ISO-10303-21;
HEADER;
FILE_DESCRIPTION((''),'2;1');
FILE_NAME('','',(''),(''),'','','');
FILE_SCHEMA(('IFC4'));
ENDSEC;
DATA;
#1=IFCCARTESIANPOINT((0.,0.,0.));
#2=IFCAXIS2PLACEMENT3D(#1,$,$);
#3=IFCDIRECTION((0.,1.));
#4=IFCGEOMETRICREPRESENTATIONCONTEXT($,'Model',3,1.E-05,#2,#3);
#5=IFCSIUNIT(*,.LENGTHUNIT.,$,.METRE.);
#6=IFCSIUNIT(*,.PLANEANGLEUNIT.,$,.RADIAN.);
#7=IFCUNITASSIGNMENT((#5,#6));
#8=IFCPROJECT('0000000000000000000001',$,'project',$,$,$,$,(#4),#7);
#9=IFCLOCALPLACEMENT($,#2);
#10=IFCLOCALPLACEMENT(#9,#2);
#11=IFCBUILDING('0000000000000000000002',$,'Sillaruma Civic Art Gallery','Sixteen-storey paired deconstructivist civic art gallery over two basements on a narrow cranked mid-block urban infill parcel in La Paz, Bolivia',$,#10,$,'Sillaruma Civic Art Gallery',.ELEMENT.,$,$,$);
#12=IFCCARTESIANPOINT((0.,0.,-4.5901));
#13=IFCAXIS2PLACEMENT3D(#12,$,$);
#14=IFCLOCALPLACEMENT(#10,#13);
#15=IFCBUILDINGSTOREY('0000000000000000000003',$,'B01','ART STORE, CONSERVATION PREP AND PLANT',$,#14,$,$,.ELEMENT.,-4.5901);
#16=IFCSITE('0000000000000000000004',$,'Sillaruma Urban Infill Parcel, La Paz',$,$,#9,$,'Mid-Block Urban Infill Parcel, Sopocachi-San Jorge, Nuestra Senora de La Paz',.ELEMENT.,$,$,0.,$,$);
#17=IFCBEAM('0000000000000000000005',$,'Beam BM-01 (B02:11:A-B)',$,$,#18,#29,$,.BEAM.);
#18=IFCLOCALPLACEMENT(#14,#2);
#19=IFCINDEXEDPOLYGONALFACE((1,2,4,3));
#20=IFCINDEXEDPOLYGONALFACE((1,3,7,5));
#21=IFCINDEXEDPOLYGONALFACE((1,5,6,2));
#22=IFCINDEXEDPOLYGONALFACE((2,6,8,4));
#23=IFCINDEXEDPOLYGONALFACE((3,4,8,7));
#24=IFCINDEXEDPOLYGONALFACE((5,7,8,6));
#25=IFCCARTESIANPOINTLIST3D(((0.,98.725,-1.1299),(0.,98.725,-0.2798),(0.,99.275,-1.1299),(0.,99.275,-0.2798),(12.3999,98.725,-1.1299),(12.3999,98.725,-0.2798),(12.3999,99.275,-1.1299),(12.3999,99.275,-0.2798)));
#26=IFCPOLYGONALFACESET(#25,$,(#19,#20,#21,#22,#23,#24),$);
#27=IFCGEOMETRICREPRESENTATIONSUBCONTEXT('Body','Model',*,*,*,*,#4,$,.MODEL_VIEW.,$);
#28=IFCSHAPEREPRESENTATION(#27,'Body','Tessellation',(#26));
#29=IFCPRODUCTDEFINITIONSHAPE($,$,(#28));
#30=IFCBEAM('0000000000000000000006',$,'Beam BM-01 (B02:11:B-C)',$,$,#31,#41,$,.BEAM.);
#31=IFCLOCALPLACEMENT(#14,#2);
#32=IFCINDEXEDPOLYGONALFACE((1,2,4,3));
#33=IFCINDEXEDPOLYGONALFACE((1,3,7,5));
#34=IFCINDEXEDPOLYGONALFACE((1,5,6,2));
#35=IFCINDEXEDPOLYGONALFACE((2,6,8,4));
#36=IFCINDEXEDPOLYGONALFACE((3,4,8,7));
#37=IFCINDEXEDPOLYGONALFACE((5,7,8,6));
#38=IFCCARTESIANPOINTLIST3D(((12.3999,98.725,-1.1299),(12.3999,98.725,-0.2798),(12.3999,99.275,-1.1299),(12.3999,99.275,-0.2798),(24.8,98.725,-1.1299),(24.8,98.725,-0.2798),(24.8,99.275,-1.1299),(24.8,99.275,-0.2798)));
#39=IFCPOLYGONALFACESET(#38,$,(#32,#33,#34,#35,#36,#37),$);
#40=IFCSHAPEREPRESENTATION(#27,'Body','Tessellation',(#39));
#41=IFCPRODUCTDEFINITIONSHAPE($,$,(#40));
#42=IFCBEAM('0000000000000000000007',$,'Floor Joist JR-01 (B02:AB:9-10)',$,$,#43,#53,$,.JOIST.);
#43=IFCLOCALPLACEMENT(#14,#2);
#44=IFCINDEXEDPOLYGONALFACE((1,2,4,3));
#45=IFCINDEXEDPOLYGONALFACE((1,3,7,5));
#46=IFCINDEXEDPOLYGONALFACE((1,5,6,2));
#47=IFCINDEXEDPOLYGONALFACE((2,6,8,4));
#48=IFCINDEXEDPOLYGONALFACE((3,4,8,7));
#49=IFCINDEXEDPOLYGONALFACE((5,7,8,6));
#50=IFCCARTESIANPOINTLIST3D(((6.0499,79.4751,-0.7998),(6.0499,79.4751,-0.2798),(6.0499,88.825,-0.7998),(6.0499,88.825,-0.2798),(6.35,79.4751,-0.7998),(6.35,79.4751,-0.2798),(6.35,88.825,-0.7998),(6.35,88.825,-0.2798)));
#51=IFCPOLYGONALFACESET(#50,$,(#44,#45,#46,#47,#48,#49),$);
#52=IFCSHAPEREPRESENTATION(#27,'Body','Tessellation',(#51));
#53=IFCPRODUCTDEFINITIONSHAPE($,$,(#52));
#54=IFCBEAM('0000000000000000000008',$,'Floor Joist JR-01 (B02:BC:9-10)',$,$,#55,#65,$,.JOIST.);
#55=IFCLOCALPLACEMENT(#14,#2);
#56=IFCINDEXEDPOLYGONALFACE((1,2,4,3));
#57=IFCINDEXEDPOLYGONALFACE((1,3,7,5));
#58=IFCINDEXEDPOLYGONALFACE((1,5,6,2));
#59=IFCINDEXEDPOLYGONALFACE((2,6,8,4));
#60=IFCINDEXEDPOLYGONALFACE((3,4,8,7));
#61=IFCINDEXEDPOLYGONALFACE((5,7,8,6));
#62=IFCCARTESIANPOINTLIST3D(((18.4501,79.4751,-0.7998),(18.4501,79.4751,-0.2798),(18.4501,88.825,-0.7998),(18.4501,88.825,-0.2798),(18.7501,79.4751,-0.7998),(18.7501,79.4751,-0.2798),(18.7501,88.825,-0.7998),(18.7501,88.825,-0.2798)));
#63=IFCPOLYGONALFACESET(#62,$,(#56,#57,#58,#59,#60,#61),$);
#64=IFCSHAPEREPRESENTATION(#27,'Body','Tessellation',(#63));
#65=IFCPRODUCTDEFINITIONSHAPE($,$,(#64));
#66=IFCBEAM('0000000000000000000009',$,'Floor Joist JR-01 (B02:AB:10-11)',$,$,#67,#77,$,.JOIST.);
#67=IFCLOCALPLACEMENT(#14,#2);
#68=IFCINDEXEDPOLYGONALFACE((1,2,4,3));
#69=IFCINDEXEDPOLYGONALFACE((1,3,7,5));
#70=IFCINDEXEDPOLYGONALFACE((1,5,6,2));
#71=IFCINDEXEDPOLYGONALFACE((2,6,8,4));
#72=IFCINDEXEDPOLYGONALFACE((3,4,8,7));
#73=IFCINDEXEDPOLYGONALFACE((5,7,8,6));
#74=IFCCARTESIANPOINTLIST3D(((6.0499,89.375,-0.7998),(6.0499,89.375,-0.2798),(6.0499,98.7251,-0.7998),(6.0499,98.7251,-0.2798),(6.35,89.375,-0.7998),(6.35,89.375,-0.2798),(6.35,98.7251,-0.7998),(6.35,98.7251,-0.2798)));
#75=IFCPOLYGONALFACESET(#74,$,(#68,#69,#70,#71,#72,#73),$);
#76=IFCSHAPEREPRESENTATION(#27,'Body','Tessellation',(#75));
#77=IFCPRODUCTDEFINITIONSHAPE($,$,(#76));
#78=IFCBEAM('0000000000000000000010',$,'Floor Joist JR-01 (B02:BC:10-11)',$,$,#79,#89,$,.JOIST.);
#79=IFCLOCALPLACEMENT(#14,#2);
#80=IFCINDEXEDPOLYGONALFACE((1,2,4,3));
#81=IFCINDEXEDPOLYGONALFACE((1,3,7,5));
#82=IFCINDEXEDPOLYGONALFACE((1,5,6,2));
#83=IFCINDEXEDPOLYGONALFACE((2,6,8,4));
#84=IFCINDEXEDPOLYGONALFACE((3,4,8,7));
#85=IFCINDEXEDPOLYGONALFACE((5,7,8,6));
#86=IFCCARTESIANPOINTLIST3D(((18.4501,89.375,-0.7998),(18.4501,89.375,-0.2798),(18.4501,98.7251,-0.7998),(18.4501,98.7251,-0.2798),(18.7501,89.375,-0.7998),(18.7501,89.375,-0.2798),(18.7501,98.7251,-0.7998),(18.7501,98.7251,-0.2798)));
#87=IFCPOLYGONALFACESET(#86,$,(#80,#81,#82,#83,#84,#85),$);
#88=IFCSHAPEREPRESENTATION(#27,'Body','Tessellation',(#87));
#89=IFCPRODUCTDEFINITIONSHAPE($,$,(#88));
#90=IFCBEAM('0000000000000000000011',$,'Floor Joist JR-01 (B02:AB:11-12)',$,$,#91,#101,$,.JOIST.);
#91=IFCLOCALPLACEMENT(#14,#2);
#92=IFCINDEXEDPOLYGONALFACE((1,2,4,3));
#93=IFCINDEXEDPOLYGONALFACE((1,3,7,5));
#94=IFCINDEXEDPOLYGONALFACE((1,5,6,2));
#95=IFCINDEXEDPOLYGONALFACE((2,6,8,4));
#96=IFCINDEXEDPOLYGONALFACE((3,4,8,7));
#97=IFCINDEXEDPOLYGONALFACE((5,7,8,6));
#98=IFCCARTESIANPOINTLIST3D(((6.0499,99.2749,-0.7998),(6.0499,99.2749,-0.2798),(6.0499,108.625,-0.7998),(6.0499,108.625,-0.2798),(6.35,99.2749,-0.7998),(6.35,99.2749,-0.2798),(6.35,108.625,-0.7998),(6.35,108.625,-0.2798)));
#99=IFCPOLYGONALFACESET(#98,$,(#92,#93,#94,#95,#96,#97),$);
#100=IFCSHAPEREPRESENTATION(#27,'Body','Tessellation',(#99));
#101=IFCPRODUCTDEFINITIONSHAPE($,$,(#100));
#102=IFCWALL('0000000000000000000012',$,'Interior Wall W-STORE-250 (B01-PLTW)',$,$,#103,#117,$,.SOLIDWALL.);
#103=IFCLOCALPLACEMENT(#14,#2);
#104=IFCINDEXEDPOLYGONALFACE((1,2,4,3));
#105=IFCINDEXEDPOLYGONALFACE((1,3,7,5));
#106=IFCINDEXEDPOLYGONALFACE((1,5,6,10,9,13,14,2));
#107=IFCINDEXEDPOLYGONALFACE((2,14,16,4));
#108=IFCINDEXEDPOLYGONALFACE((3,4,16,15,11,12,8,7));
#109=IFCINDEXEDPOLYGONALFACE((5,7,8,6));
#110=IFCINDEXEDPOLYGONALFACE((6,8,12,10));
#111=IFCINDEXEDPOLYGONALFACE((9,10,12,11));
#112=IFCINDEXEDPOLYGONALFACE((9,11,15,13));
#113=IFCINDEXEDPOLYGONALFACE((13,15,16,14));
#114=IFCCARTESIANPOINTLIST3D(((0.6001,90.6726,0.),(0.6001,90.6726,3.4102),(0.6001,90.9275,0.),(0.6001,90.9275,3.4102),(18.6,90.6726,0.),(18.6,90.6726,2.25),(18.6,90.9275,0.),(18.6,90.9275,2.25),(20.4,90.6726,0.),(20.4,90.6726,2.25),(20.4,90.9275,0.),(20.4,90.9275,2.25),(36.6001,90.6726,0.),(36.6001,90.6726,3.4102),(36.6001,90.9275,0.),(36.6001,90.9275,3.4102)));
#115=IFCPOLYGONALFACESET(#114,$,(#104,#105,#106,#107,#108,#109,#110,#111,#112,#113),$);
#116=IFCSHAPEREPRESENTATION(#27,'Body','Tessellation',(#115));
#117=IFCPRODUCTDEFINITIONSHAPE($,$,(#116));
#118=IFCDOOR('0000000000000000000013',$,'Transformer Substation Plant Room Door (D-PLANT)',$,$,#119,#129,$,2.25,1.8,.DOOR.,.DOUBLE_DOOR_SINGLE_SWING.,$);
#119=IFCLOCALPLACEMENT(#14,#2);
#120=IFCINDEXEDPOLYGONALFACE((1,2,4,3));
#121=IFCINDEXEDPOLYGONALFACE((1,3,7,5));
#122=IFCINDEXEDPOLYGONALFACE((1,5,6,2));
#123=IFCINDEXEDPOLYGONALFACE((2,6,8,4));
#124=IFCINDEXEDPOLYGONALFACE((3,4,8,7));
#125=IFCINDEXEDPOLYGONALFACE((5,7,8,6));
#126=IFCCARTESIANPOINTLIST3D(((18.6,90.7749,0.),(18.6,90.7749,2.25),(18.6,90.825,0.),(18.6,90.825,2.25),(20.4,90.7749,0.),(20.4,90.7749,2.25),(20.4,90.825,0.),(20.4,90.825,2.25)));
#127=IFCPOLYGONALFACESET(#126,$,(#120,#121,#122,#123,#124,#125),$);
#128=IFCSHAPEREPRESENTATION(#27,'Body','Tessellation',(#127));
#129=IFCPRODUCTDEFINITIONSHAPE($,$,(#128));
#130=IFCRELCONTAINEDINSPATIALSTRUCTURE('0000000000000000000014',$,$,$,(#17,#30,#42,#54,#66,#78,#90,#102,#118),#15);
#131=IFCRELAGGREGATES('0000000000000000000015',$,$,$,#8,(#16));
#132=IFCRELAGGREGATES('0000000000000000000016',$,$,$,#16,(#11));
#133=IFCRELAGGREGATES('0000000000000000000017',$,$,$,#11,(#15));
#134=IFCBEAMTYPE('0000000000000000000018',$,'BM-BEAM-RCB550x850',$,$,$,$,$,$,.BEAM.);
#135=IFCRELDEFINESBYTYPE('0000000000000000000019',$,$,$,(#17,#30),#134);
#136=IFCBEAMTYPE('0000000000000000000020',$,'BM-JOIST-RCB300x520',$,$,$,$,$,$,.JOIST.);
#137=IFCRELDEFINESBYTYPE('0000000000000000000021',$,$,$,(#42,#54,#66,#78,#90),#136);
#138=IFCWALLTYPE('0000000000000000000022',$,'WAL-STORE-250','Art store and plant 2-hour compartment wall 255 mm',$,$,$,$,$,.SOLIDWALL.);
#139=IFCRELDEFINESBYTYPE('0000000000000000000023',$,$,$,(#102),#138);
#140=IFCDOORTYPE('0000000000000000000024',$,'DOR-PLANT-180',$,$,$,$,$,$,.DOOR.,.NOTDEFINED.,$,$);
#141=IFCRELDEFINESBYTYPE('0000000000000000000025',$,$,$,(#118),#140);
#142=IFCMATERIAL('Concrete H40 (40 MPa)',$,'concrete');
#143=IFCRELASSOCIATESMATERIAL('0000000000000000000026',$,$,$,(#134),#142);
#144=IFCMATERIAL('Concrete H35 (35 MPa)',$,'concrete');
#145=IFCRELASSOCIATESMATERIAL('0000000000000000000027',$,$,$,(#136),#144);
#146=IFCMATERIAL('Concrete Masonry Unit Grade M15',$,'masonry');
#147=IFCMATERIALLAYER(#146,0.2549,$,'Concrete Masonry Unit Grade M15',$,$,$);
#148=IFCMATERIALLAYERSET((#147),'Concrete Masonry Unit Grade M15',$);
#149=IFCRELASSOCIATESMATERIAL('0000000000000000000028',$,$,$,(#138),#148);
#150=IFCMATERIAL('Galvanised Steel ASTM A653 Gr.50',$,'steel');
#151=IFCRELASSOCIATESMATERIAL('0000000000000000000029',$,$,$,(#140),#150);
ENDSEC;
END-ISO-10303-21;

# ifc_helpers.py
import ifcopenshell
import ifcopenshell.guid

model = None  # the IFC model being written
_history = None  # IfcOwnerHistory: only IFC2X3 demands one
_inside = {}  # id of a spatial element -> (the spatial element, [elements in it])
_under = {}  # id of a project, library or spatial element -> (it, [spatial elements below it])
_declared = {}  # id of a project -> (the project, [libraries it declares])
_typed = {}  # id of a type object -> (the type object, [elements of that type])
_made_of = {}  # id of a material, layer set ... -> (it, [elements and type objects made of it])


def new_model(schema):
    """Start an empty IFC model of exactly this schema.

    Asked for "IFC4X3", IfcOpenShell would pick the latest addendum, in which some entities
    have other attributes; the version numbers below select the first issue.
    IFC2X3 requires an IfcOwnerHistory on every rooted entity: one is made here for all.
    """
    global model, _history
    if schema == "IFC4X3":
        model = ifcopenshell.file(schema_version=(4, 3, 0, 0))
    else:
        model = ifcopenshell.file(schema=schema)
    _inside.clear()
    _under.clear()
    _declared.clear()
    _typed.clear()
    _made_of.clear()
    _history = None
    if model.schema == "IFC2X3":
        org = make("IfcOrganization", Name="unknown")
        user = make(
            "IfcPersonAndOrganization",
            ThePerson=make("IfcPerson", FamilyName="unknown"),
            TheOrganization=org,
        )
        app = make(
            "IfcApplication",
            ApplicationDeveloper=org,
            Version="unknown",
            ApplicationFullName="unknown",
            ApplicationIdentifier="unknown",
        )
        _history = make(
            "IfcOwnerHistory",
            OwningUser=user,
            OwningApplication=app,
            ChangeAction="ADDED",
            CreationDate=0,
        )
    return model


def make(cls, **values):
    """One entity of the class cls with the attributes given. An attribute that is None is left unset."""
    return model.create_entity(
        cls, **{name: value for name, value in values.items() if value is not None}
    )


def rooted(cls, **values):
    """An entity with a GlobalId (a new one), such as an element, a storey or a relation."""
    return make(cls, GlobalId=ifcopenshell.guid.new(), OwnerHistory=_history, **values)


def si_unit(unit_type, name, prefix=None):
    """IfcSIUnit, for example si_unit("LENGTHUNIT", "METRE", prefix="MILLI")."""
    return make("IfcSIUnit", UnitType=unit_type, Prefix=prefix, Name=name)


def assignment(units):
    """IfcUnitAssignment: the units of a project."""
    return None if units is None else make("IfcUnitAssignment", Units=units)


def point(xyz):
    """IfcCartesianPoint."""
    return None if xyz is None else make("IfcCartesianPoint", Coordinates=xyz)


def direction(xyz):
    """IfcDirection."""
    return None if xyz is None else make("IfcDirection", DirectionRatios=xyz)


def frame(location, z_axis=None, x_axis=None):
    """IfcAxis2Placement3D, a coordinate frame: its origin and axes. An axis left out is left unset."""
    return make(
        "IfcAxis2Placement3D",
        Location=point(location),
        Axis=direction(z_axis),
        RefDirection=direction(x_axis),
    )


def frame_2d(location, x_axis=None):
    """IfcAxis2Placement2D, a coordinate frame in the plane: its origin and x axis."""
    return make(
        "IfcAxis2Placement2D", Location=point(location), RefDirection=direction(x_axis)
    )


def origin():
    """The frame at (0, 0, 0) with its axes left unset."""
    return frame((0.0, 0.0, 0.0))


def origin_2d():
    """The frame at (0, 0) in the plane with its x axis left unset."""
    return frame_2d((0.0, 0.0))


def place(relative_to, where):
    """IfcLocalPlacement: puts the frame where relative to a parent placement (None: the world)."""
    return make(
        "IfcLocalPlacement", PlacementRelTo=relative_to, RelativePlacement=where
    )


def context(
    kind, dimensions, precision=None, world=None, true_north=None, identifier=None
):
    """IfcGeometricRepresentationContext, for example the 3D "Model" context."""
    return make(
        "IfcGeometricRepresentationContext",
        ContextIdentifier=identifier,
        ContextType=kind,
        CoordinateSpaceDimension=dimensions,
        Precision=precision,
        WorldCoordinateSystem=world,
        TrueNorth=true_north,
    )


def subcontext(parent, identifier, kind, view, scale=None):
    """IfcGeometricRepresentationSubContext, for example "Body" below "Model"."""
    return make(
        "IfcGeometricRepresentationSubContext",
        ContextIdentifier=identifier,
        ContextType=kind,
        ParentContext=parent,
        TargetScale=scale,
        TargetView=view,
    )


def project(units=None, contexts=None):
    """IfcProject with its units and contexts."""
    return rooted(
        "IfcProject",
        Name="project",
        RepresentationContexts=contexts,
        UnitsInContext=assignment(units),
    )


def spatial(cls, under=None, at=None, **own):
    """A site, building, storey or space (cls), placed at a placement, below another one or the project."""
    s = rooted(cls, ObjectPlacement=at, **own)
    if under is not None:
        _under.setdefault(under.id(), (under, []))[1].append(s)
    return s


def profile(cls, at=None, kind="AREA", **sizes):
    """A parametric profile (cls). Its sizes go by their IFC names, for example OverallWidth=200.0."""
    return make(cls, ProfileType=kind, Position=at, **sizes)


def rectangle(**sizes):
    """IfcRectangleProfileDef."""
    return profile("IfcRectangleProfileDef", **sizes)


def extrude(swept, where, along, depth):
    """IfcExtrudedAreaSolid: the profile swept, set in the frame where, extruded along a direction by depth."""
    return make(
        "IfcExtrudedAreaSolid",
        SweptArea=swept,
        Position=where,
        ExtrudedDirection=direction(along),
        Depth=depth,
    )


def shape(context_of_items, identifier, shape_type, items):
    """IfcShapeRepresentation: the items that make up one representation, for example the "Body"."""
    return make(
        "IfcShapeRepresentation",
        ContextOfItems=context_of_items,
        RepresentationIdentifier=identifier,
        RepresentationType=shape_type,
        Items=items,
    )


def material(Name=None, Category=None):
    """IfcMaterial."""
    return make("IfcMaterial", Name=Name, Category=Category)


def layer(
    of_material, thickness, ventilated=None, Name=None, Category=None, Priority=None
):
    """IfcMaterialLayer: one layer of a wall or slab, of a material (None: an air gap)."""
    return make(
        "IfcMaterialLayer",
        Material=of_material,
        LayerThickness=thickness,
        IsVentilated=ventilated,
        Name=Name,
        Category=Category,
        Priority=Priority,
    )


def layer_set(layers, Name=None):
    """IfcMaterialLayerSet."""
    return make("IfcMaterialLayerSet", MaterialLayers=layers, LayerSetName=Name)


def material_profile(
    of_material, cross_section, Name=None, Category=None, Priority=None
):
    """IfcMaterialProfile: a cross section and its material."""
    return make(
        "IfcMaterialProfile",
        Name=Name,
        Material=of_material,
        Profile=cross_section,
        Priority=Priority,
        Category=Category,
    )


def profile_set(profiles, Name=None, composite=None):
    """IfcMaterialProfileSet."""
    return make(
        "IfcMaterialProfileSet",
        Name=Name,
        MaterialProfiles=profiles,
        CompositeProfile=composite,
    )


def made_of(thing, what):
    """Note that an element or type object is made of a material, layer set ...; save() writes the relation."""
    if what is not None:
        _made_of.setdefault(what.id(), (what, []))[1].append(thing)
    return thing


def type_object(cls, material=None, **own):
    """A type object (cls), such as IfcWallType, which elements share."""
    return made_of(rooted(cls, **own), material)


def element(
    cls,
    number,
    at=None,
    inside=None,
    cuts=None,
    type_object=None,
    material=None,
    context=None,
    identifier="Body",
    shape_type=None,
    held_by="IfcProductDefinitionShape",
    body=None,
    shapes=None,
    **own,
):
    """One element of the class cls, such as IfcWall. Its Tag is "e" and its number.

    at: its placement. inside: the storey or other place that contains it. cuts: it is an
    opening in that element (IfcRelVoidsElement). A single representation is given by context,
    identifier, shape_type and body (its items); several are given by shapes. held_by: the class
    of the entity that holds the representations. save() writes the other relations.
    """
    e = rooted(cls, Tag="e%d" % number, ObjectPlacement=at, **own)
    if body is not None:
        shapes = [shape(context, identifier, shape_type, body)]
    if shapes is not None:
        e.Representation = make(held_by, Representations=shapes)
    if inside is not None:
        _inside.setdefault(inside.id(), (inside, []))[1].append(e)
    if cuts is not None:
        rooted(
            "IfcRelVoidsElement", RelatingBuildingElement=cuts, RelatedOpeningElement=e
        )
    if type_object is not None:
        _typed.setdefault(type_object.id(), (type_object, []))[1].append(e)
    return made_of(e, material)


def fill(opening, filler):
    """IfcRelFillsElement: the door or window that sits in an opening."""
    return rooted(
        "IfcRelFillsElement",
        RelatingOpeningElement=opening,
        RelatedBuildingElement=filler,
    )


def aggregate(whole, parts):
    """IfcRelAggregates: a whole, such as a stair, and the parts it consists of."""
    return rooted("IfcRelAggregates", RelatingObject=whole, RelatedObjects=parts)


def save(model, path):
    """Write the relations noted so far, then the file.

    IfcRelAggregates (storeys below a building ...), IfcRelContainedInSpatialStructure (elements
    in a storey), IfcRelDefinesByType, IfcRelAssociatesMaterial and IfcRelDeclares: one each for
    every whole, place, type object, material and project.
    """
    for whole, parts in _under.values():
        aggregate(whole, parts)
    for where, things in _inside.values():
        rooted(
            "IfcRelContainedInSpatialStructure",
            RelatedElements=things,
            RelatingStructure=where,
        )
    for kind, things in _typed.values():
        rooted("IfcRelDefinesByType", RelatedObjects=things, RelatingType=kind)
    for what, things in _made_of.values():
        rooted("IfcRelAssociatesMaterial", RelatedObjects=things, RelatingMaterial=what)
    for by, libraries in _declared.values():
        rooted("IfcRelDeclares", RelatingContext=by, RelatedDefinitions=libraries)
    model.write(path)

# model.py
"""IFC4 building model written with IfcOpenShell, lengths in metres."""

from ifc_helpers import new_model, si_unit, direction, frame, frame_2d, origin, origin_2d, place, context, subcontext, project, spatial, rectangle, extrude, material, layer, layer_set, material_profile, profile_set, type_object, element, fill, save


model = new_model("IFC4")

# Units and contexts
model_context = context("Model", 3, precision=1e-05, world=origin(), true_north=direction((0.0, 1.0)))
body_context = subcontext(model_context, "Body", "Model", "MODEL_VIEW")
ifc_project = project(units=[si_unit("LENGTHUNIT", "METRE"), si_unit("PLANEANGLEUNIT", "RADIAN")], contexts=[model_context])

# Site, building, storey
site_placement = place(None, origin())
site = spatial("IfcSite", under=ifc_project, at=site_placement, Name="Sillaruma Urban Infill Parcel, La Paz", LongName="Mid-Block Urban Infill Parcel, Sopocachi-San Jorge, Nuestra Senora de La Paz", CompositionType="ELEMENT", RefElevation=0.0)
building_placement = place(site_placement, origin())
building = spatial("IfcBuilding", under=site, at=building_placement, Name="Sillaruma Civic Art Gallery", Description="Sixteen-storey paired deconstructivist civic art gallery over two basements on a narrow cranked mid-block urban infill parcel in La Paz, Bolivia", LongName="Sillaruma Civic Art Gallery", CompositionType="ELEMENT")
storey_placement = place(building_placement, frame((0.0, 0.0, -4.5901)))
storey = spatial("IfcBuildingStorey", under=building, at=storey_placement, Name="B01", Description="ART STORE, CONSERVATION PREP AND PLANT", CompositionType="ELEMENT", Elevation=-4.5901)

# Shared definitions
ifc_material_1 = material(Name="Concrete H40 (40 MPa)", Category="concrete")

# Beams
ifc_material_profile_1 = material_profile(ifc_material_1, rectangle(XDim=0.55, YDim=0.8501, at=origin_2d()), Name="RCB550x850")
ifc_profile_set_1 = profile_set([ifc_material_profile_1], Name="Concrete H40 (40 MPa)")
beam_type_1 = type_object("IfcBeamType", Name="BM-BEAM-RCB550x850", PredefinedType="BEAM", material=ifc_profile_set_1)
beam_1_placement = place(storey_placement, frame((0.0, 99.0, -0.7048), z_axis=(1.0, 0.0, 0.0), x_axis=(0.0, 1.0, 0.0)))
element("IfcBeam", 1, at=beam_1_placement, inside=storey, type_object=beam_type_1, Name="Beam BM-01 (B02:11:A-B)", PredefinedType="BEAM", context=body_context, shape_type="SweptSolid", body=[
    extrude(rectangle(XDim=0.55, YDim=0.8501, at=origin_2d()), origin(), (0.0, 0.0, 1.0), 12.3999),
])
beam_2_placement = place(storey_placement, frame((12.3999, 99.0, -0.7048), z_axis=(1.0, 0.0, 0.0), x_axis=(0.0, 1.0, 0.0)))
element("IfcBeam", 2, at=beam_2_placement, inside=storey, type_object=beam_type_1, Name="Beam BM-01 (B02:11:B-C)", PredefinedType="BEAM", context=body_context, shape_type="SweptSolid", body=[
    extrude(rectangle(XDim=0.55, YDim=0.8501, at=origin_2d()), origin(), (0.0, 0.0, 1.0), 12.4001),
])
ifc_material_2 = material(Name="Concrete H35 (35 MPa)", Category="concrete")
ifc_material_profile_2 = material_profile(ifc_material_2, rectangle(XDim=0.3, YDim=0.52, at=origin_2d()), Name="RCB300x520")
ifc_profile_set_2 = profile_set([ifc_material_profile_2], Name="Concrete H35 (35 MPa)")
beam_type_2 = type_object("IfcBeamType", Name="BM-JOIST-RCB300x520", PredefinedType="JOIST", material=ifc_profile_set_2)
for number, where, z_axis, x_axis, name in (
    (3, (6.2, 79.4751, -0.5398), (0.0, 1.0, 0.0), (-1.0, 0.0, 0.0), "Floor Joist JR-01 (B02:AB:9-10)"),
    (4, (18.6001, 79.4751, -0.5398), (0.0, 1.0, 0.0), (-1.0, 0.0, 0.0), "Floor Joist JR-01 (B02:BC:9-10)"),
):
    element("IfcBeam", number, at=place(storey_placement, frame(where, z_axis=z_axis, x_axis=x_axis)), inside=storey, type_object=beam_type_2, Name=name, PredefinedType="JOIST", context=body_context, shape_type="SweptSolid", body=[
        extrude(rectangle(XDim=0.3, YDim=0.52, at=origin_2d()), origin(), (0.0, 0.0, 1.0), 9.3499),
    ])
for number, where, z_axis, x_axis, name in (
    (5, (6.2, 89.375, -0.5398), (0.0, 1.0, 0.0), (-1.0, 0.0, 0.0), "Floor Joist JR-01 (B02:AB:10-11)"),
    (6, (18.6001, 89.375, -0.5398), (0.0, 1.0, 0.0), (-1.0, 0.0, 0.0), "Floor Joist JR-01 (B02:BC:10-11)"),
    (7, (6.2, 99.2749, -0.5398), (0.0, 1.0, 0.0), (-1.0, 0.0, 0.0), "Floor Joist JR-01 (B02:AB:11-12)"),
):
    element("IfcBeam", number, at=place(storey_placement, frame(where, z_axis=z_axis, x_axis=x_axis)), inside=storey, type_object=beam_type_2, Name=name, PredefinedType="JOIST", context=body_context, shape_type="SweptSolid", body=[
        extrude(rectangle(XDim=0.3, YDim=0.52, at=origin_2d()), origin(), (0.0, 0.0, 1.0), 9.3501),
    ])

# Wall, opening, door
ifc_material_3 = material(Name="Concrete Masonry Unit Grade M15", Category="masonry")
ifc_layer = layer(ifc_material_3, 0.2549, Name="Concrete Masonry Unit Grade M15")
ifc_layer_set = layer_set([ifc_layer], Name="Concrete Masonry Unit Grade M15")
wall_type = type_object("IfcWallType", Name="WAL-STORE-250", Description="Art store and plant 2-hour compartment wall 255 mm", PredefinedType="SOLIDWALL", material=ifc_layer_set)
wall_placement = place(storey_placement, frame((0.6001, 90.8, 0.0), z_axis=(0.0, 0.0, 1.0), x_axis=(1.0, 0.0, 0.0)))
wall = element("IfcWall", 8, at=wall_placement, inside=storey, type_object=wall_type, Name="Interior Wall W-STORE-250 (B01-PLTW)", PredefinedType="SOLIDWALL", context=body_context, shape_type="SweptSolid", body=[
    extrude(rectangle(XDim=36.0, YDim=0.2549, at=frame_2d((18.0, 0.0))), origin(), (0.0, 0.0, 1.0), 3.4102),
])
opening_placement = place(wall_placement, frame((18.0, 0.0, 0.0)))
opening = element("IfcOpeningElement", 9, at=opening_placement, cuts=wall, PredefinedType="OPENING", context=body_context, shape_type="SweptSolid", body=[
    extrude(rectangle(XDim=1.8, YDim=2.25, at=frame_2d((0.8999, 1.125))), frame((0.0, 0.1375, 0.0), z_axis=(0.0, -1.0, 0.0), x_axis=(1.0, 0.0, 0.0)), (0.0, 0.0, 1.0), 0.2749),
])
ifc_material_4 = material(Name="Galvanised Steel ASTM A653 Gr.50", Category="steel")
door_type = type_object("IfcDoorType", Name="DOR-PLANT-180", OperationType="NOTDEFINED", PredefinedType="DOOR", material=ifc_material_4)
door_placement = place(opening_placement, origin())
door = element("IfcDoor", 10, at=door_placement, inside=storey, type_object=door_type, Name="Transformer Substation Plant Room Door (D-PLANT)", OperationType="DOUBLE_DOOR_SINGLE_SWING", OverallHeight=2.25, OverallWidth=1.8, PredefinedType="DOOR", context=body_context, shape_type="SweptSolid", body=[
    extrude(rectangle(XDim=1.8, YDim=2.25, at=frame_2d((0.8999, 1.125))), frame((0.0, 0.0249, 0.0), z_axis=(0.0, -1.0, 0.0), x_axis=(1.0, 0.0, 0.0)), (0.0, 0.0, 1.0), 0.05),
])
fill(opening, door)

save(model, "model.ifc")
